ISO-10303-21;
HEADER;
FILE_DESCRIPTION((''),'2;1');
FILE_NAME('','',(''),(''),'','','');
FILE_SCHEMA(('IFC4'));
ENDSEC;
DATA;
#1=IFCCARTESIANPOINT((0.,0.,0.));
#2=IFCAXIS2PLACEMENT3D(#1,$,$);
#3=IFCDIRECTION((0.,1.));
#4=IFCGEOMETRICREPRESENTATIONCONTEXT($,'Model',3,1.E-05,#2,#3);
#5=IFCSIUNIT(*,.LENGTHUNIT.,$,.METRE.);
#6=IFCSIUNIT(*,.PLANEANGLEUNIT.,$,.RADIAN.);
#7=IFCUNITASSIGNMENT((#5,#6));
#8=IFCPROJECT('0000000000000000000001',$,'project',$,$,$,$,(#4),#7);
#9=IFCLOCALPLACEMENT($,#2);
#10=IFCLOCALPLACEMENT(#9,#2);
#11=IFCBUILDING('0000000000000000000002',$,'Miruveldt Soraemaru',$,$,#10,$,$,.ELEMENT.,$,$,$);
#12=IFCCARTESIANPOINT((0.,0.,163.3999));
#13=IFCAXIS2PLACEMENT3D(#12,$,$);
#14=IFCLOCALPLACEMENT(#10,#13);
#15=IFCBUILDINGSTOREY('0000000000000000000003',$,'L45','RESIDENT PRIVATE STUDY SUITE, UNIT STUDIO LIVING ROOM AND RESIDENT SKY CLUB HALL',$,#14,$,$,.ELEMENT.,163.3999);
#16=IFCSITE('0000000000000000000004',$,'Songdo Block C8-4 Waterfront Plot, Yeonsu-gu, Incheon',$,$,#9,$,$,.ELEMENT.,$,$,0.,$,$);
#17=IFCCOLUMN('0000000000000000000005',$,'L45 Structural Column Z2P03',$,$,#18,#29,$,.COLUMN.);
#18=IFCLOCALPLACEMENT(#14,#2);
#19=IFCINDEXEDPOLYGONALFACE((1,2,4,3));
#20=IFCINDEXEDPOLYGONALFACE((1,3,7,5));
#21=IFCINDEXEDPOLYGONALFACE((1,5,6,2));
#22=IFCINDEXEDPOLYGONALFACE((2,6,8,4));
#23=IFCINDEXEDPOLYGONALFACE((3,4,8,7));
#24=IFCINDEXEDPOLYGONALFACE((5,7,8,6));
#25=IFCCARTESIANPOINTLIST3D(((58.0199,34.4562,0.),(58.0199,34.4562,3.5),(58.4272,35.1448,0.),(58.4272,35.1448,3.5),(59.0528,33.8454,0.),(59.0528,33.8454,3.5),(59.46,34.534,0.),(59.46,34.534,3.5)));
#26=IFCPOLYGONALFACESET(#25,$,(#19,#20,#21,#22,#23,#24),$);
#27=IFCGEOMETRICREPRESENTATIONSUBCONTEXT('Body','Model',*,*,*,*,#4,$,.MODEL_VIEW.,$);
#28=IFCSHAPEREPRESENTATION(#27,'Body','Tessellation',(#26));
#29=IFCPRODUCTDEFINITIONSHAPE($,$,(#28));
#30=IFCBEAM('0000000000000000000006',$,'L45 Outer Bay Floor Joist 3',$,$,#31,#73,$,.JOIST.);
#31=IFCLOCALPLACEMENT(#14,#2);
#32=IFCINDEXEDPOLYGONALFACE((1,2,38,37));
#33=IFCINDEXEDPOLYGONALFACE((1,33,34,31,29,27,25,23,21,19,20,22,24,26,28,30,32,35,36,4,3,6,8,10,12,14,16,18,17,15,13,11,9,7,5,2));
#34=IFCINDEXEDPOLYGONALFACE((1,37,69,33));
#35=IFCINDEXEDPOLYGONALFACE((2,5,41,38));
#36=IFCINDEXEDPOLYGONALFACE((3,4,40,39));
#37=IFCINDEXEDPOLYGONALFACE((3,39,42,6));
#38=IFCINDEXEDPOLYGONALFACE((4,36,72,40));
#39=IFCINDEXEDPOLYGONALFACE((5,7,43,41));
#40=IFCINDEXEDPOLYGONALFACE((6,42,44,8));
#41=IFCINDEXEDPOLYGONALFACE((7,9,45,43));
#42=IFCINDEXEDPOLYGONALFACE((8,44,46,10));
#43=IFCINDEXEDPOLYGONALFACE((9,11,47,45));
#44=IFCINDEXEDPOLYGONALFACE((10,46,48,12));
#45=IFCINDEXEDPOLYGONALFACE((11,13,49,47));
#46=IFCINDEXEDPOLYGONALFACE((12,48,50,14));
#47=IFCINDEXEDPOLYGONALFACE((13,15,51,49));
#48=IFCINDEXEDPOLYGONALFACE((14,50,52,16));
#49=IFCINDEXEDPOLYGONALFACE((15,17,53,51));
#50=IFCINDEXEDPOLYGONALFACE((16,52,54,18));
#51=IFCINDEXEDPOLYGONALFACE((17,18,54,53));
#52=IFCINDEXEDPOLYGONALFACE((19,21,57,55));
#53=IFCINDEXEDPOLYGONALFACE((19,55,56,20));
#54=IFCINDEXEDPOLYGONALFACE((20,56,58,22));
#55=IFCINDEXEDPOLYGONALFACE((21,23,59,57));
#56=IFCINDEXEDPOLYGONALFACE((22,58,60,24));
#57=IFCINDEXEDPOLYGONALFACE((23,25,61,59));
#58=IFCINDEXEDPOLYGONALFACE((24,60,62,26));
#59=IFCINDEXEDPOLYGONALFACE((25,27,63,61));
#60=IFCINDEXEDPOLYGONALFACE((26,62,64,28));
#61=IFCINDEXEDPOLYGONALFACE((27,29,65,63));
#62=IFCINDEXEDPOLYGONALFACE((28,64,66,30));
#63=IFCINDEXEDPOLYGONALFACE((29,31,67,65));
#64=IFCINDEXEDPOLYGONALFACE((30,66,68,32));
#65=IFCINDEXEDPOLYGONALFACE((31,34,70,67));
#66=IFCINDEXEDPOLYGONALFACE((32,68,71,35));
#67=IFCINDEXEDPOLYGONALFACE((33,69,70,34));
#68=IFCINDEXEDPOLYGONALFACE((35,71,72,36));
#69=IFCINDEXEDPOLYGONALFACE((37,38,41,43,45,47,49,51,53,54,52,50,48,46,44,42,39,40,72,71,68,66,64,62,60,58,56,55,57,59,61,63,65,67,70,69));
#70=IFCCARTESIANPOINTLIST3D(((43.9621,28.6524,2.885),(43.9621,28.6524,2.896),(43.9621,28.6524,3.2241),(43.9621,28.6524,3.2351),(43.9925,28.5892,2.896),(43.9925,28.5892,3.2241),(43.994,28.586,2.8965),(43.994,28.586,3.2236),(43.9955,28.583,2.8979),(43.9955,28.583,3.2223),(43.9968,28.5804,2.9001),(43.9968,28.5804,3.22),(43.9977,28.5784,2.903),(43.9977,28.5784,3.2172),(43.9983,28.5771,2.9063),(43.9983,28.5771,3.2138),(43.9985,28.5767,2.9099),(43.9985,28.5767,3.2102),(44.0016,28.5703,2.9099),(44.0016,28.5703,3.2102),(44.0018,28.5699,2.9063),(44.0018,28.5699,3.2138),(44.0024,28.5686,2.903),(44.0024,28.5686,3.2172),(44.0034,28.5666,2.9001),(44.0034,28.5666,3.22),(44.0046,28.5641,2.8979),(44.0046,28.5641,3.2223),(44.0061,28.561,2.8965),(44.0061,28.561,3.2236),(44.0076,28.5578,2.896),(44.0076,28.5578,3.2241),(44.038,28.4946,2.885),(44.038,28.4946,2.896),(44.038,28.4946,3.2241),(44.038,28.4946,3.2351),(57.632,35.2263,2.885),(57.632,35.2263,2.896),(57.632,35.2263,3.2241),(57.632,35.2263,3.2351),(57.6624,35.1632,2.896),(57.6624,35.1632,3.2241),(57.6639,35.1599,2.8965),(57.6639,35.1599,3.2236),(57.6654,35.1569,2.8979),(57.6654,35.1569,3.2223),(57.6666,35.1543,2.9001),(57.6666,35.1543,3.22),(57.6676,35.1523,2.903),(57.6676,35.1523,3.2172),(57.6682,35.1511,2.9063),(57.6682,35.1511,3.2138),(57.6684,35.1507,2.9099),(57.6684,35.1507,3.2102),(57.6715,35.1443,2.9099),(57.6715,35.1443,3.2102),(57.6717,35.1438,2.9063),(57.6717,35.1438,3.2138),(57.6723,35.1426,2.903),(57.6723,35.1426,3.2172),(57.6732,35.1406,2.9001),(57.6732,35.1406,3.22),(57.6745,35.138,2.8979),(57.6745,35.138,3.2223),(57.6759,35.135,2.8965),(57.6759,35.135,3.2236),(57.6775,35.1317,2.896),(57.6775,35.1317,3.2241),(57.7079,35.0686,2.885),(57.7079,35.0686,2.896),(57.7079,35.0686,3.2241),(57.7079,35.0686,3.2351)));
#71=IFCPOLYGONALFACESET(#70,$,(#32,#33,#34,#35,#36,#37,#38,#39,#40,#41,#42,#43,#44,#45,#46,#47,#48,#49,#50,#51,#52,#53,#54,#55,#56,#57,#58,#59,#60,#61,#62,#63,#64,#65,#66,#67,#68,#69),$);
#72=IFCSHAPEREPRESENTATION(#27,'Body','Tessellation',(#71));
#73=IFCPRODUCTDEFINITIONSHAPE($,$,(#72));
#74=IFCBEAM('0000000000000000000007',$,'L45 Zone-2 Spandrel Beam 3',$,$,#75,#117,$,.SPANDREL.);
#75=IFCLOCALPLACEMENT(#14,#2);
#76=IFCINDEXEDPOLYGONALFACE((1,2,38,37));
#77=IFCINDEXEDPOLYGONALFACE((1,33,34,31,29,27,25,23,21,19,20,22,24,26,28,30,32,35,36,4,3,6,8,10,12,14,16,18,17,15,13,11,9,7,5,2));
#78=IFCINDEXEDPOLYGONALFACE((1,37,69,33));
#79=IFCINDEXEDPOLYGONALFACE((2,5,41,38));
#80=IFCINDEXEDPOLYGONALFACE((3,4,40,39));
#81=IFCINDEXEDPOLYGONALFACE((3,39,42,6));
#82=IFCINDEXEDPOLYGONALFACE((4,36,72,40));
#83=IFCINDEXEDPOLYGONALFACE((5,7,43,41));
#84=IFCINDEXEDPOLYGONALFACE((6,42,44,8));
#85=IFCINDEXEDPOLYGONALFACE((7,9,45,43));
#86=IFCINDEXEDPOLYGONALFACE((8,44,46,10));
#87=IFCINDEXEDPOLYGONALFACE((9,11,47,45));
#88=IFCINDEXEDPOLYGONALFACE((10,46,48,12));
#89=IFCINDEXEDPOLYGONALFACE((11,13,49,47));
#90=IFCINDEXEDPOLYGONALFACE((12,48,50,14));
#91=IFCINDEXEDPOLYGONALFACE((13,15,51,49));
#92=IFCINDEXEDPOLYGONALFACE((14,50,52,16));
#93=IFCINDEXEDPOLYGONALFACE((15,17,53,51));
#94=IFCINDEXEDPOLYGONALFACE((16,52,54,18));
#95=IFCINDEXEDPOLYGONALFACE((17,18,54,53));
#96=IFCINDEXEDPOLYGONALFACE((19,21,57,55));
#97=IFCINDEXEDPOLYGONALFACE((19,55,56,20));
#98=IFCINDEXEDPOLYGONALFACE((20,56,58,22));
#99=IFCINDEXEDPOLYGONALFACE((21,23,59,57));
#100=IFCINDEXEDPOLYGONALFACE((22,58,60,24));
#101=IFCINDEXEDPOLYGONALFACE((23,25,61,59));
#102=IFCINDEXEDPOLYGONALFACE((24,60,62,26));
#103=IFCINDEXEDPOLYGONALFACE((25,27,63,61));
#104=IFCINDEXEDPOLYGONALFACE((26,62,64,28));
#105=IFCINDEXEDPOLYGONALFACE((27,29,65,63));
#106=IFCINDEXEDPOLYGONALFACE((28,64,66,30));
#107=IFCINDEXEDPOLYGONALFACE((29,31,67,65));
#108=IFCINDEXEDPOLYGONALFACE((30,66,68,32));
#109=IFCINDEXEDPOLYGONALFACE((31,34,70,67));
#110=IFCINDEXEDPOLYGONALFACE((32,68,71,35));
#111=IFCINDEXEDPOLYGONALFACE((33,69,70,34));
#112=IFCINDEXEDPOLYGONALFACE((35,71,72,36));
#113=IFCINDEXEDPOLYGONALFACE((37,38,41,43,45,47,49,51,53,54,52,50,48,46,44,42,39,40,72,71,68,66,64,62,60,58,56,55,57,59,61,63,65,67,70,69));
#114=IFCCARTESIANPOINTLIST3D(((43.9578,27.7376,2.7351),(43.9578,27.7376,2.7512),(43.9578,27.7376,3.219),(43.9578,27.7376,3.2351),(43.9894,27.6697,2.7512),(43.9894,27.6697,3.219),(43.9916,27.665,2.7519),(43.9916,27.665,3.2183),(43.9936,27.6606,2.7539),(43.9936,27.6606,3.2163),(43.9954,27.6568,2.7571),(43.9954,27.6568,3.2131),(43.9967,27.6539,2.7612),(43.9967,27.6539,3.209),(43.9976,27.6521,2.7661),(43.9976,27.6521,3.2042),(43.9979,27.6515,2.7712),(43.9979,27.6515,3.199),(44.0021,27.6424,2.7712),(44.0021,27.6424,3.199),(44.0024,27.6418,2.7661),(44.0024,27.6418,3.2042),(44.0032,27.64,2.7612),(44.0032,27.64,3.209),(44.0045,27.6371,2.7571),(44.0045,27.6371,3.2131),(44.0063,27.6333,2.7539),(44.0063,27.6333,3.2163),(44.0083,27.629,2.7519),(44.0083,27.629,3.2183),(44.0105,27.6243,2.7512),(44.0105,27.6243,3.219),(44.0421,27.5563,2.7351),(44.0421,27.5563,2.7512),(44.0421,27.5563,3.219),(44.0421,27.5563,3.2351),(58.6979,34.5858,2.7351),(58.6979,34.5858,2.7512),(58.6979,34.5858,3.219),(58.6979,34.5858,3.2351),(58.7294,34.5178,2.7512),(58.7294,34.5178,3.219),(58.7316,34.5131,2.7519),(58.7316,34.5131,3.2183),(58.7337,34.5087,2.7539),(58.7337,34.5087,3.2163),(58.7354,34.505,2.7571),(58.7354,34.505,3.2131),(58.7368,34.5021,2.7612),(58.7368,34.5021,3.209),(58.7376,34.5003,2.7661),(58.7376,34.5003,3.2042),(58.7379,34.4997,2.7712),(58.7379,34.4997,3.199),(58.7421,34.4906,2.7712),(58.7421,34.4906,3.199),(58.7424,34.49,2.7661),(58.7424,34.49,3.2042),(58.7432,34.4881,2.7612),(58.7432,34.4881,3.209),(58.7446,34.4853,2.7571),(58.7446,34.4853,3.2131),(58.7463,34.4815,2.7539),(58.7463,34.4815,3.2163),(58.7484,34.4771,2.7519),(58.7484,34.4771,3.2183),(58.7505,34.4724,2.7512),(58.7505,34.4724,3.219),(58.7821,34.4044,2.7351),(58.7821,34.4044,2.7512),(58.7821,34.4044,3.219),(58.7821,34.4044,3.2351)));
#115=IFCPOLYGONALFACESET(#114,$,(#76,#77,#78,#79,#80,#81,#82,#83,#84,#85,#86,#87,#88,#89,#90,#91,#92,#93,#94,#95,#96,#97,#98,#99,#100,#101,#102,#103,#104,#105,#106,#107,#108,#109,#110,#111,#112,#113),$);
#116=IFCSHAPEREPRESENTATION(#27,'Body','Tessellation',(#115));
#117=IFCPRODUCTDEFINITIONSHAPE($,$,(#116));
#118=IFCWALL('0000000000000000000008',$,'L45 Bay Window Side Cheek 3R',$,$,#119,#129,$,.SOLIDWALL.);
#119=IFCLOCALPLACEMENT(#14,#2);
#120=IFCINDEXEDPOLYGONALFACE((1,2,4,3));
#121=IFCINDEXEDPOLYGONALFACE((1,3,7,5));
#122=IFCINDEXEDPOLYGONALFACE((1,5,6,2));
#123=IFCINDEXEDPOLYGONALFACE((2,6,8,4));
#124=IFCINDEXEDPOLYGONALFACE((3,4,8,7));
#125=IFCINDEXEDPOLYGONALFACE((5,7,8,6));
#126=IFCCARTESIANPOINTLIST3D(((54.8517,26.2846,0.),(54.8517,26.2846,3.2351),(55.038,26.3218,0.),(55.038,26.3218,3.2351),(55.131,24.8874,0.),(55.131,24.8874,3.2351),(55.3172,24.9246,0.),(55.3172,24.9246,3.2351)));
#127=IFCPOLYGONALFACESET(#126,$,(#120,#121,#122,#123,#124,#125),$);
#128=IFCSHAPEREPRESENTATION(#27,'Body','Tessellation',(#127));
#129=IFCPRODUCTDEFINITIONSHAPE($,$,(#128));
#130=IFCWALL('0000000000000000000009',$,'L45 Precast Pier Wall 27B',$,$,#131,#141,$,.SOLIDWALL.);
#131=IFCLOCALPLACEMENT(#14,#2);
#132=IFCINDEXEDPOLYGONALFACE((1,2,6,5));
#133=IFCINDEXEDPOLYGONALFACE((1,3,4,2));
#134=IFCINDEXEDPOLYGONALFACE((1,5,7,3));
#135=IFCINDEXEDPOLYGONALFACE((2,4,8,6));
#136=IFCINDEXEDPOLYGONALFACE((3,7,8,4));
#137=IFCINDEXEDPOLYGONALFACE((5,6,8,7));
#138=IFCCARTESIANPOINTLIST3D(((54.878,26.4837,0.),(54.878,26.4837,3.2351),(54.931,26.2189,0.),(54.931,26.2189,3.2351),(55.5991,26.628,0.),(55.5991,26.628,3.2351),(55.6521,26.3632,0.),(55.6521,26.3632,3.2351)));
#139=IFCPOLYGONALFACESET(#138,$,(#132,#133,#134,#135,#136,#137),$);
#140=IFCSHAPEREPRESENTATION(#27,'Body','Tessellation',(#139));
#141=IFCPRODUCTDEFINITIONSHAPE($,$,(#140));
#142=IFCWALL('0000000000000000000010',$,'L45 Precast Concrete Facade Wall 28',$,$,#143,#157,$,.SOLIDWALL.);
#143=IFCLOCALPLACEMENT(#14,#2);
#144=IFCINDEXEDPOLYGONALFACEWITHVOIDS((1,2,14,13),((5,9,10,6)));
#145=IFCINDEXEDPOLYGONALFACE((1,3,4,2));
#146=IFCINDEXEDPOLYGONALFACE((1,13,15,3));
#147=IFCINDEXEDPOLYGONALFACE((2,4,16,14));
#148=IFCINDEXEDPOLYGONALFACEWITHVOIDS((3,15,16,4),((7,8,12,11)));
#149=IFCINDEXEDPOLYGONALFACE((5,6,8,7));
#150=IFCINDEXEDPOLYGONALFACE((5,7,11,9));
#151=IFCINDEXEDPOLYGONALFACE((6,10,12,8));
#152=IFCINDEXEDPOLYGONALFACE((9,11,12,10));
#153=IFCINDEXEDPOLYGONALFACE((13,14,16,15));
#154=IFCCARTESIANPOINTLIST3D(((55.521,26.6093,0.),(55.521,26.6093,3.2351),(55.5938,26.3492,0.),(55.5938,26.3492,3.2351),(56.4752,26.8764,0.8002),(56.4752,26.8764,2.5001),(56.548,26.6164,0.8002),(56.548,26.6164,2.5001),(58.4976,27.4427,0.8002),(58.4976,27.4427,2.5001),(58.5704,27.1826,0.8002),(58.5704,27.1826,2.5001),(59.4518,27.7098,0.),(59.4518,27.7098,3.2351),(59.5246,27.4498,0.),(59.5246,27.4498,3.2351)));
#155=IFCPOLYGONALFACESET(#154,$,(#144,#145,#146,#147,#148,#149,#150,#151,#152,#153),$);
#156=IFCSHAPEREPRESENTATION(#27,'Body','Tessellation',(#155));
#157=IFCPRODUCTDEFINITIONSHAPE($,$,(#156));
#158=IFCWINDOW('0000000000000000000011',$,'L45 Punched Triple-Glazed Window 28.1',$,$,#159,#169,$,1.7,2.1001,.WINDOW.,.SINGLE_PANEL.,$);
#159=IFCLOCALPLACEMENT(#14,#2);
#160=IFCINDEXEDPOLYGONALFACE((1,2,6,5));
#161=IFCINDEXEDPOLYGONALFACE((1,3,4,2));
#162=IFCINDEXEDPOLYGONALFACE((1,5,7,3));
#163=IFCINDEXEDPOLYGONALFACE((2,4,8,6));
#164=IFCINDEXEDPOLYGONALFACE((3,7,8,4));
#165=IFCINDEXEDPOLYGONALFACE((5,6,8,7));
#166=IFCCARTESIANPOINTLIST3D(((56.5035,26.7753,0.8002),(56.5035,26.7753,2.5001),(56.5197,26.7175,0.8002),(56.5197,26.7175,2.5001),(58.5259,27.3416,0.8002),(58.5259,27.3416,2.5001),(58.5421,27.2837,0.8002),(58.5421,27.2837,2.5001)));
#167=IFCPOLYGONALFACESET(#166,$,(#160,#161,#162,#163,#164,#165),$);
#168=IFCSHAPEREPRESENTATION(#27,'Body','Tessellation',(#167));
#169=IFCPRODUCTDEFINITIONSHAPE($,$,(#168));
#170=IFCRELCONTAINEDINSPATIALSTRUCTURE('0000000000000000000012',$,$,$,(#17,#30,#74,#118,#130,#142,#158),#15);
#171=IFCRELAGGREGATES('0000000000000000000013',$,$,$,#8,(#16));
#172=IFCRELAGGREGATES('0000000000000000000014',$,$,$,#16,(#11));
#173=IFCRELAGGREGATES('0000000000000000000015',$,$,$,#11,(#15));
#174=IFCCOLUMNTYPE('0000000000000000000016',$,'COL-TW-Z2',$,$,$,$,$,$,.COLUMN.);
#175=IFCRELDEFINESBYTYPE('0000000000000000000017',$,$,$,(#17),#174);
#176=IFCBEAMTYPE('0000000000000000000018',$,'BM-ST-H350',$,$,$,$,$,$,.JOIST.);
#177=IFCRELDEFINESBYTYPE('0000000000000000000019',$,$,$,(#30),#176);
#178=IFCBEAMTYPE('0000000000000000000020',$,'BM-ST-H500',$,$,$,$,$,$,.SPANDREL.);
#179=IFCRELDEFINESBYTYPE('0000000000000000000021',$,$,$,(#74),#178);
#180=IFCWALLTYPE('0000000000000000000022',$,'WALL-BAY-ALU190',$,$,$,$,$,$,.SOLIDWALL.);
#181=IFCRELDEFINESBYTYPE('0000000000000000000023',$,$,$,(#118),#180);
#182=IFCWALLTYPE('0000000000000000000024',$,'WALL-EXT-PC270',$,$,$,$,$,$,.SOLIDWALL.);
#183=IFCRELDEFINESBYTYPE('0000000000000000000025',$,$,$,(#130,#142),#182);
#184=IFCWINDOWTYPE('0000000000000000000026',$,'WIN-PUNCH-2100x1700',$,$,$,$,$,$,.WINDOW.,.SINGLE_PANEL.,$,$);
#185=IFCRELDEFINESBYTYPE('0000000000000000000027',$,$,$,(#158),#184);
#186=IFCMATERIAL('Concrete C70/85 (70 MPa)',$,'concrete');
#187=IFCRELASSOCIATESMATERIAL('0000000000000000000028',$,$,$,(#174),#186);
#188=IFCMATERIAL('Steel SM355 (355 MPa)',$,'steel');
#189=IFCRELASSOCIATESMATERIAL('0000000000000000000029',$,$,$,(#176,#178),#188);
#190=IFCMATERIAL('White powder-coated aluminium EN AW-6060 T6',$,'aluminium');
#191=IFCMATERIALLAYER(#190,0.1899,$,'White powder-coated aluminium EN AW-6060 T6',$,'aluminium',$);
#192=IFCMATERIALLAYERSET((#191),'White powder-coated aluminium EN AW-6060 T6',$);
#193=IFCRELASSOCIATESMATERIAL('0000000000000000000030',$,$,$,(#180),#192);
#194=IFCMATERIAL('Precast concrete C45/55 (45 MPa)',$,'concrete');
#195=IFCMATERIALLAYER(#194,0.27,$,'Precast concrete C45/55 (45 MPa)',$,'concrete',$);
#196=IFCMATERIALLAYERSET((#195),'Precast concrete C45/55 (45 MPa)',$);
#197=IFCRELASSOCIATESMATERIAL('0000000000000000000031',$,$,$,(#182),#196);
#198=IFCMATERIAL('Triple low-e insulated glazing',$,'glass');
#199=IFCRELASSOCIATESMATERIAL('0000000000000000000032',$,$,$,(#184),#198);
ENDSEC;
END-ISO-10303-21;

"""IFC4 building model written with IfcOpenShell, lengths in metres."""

from ifc_helpers import new_model, si_unit, direction, frame, frame_2d, origin, origin_2d, place, context, subcontext, project, spatial, rectangle, i_section, extrude, material, layer, layer_set, material_profile, profile_set, type_object, element, fill, save


model = new_model("IFC4")

# Units and contexts
model_context = context("Model", 3, precision=1e-05, world=origin(), true_north=direction((0.0, 1.0)))
body_context = subcontext(model_context, "Body", "Model", "MODEL_VIEW")
ifc_project = project(units=[si_unit("LENGTHUNIT", "METRE"), si_unit("PLANEANGLEUNIT", "RADIAN")], contexts=[model_context])

# Site, building, storey
site_placement = place(None, origin())
site = spatial("IfcSite", under=ifc_project, at=site_placement, Name="Songdo Block C8-4 Waterfront Plot, Yeonsu-gu, Incheon", CompositionType="ELEMENT", RefElevation=0.0)
building_placement = place(site_placement, origin())
building = spatial("IfcBuilding", under=site, at=building_placement, Name="Miruveldt Soraemaru", CompositionType="ELEMENT")
storey_placement = place(building_placement, frame((0.0, 0.0, 163.3999)))
storey = spatial("IfcBuildingStorey", under=building, at=storey_placement, Name="L45", Description="RESIDENT PRIVATE STUDY SUITE, UNIT STUDIO LIVING ROOM AND RESIDENT SKY CLUB HALL", CompositionType="ELEMENT", Elevation=163.3999)

# Column
ifc_material_1 = material(Name="Concrete C70/85 (70 MPa)", Category="concrete")
ifc_material_profile_1 = material_profile(ifc_material_1, rectangle(XDim=1.2, YDim=0.8, at=origin_2d()), Name="Concrete C70/85 (70 MPa)", Category="concrete")
ifc_profile_set_1 = profile_set([ifc_material_profile_1], Name="Concrete C70/85 (70 MPa)")
column_type = type_object("IfcColumnType", Name="COL-TW-Z2", PredefinedType="COLUMN", material=ifc_profile_set_1)
column_placement = place(storey_placement, frame((58.74, 34.4951, 0.0), z_axis=(0.0, 0.0, 1.0), x_axis=(-0.860742, 0.509041, 0.0)))
element("IfcColumn", 1, at=column_placement, inside=storey, type_object=column_type, Name="L45 Structural Column Z2P03", PredefinedType="COLUMN", context=body_context, shape_type="SweptSolid", body=[
    extrude(rectangle(XDim=1.2, YDim=0.8, at=origin_2d()), origin(), (0.0, 0.0, 1.0), 3.5),
])

# Beams
ifc_material_2 = material(Name="Steel SM355 (355 MPa)", Category="steel")
ifc_material_profile_2 = material_profile(ifc_material_2, i_section(OverallWidth=0.175, OverallDepth=0.3501, WebThickness=0.0071, FlangeThickness=0.011, FilletRadius=0.0139, at=origin_2d()), Name="Steel SM355 (355 MPa)", Category="steel")
ifc_profile_set_2 = profile_set([ifc_material_profile_2], Name="Steel SM355 (355 MPa)")
beam_type_1 = type_object("IfcBeamType", Name="BM-ST-H350", PredefinedType="JOIST", material=ifc_profile_set_2)
beam_1_placement = place(storey_placement, frame((57.6699, 35.1475, 3.0601), z_axis=(-0.901204, -0.433396, 0.0), x_axis=(0.433396, -0.901204, 0.0)))
element("IfcBeam", 2, at=beam_1_placement, inside=storey, type_object=beam_type_1, Name="L45 Outer Bay Floor Joist 3", PredefinedType="JOIST", context=body_context, shape_type="SweptSolid", body=[
    extrude(i_section(OverallWidth=0.175, OverallDepth=0.3501, WebThickness=0.0071, FlangeThickness=0.011, FilletRadius=0.0139, at=origin_2d()), origin(), (0.0, 0.0, 1.0), 15.1685),
])
ifc_material_profile_3 = material_profile(ifc_material_2, i_section(OverallWidth=0.2, OverallDepth=0.5, WebThickness=0.01, FlangeThickness=0.0161, FilletRadius=0.02, at=origin_2d()), Name="Steel SM355 (355 MPa)", Category="steel")
ifc_profile_set_3 = profile_set([ifc_material_profile_3], Name="Steel SM355 (355 MPa)")
beam_type_2 = type_object("IfcBeamType", Name="BM-ST-H500", PredefinedType="SPANDREL", material=ifc_profile_set_3)
beam_2_placement = place(storey_placement, frame((58.74, 34.4951, 2.9851), z_axis=(-0.906901, -0.421343, 0.0), x_axis=(0.421343, -0.906901, 0.0)))
element("IfcBeam", 3, at=beam_2_placement, inside=storey, type_object=beam_type_2, Name="L45 Zone-2 Spandrel Beam 3", PredefinedType="SPANDREL", context=body_context, shape_type="SweptSolid", body=[
    extrude(i_section(OverallWidth=0.2, OverallDepth=0.5, WebThickness=0.01, FlangeThickness=0.0161, FilletRadius=0.02, at=origin_2d()), origin(), (0.0, 0.0, 1.0), 16.2532),
])

# Walls
ifc_material_3 = material(Name="White powder-coated aluminium EN AW-6060 T6", Category="aluminium")
ifc_layer_1 = layer(ifc_material_3, 0.1899, Name="White powder-coated aluminium EN AW-6060 T6", Category="aluminium")
ifc_layer_set_1 = layer_set([ifc_layer_1], Name="White powder-coated aluminium EN AW-6060 T6")
wall_type_1 = type_object("IfcWallType", Name="WALL-BAY-ALU190", PredefinedType="SOLIDWALL", material=ifc_layer_set_1)
wall_1_placement = place(storey_placement, frame((55.2241, 24.906, 0.0), z_axis=(0.0, 0.0, 1.0), x_axis=(-0.196017, 0.9806, 0.0)))
element("IfcWall", 4, at=wall_1_placement, inside=storey, type_object=wall_type_1, Name="L45 Bay Window Side Cheek 3R", PredefinedType="SOLIDWALL", context=body_context, shape_type="SweptSolid", body=[
    extrude(rectangle(XDim=1.4248, YDim=0.1899, at=frame_2d((0.7124, 0.0))), origin(), (0.0, 0.0, 1.0), 3.2351),
])
ifc_material_4 = material(Name="Precast concrete C45/55 (45 MPa)", Category="concrete")
ifc_layer_2 = layer(ifc_material_4, 0.27, Name="Precast concrete C45/55 (45 MPa)", Category="concrete")
ifc_layer_set_2 = layer_set([ifc_layer_2], Name="Precast concrete C45/55 (45 MPa)")
wall_type_2 = type_object("IfcWallType", Name="WALL-EXT-PC270", PredefinedType="SOLIDWALL", material=ifc_layer_set_2)
wall_2_placement = place(storey_placement, frame((54.9045, 26.3513, 0.0), z_axis=(0.0, 0.0, 1.0), x_axis=(0.980555, 0.196244, 0.0)))
element("IfcWall", 5, at=wall_2_placement, inside=storey, type_object=wall_type_2, Name="L45 Precast Pier Wall 27B", PredefinedType="SOLIDWALL", context=body_context, shape_type="SweptSolid", body=[
    extrude(rectangle(XDim=0.7354, YDim=0.27, at=frame_2d((0.3677, 0.0))), origin(), (0.0, 0.0, 1.0), 3.2351),
])

# Wall, opening, window
wall_3_placement = place(storey_placement, frame((55.5574, 26.4792, 0.0), z_axis=(0.0, 0.0, 1.0), x_axis=(0.962968, 0.269614, 0.0)))
wall_3 = element("IfcWall", 6, at=wall_3_placement, inside=storey, type_object=wall_type_2, Name="L45 Precast Concrete Facade Wall 28", PredefinedType="SOLIDWALL", context=body_context, shape_type="SweptSolid", body=[
    extrude(rectangle(XDim=4.082, YDim=0.27, at=frame_2d((2.041, 0.0))), origin(), (0.0, 0.0, 1.0), 3.2351),
])
opening_1_placement = place(wall_3_placement, frame((0.991, 0.0, 0.8)))
opening_1 = element("IfcOpeningElement", 7, at=opening_1_placement, cuts=wall_3, PredefinedType="OPENING", context=body_context, shape_type="SweptSolid", body=[
    extrude(rectangle(XDim=2.1001, YDim=1.7, at=frame_2d((1.05, 0.8501))), frame((0.0, 0.145, 0.0), z_axis=(0.0, -1.0, 0.0), x_axis=(1.0, 0.0, 0.0)), (0.0, 0.0, 1.0), 0.29),
])
ifc_material_5 = material(Name="Triple low-e insulated glazing", Category="glass")
window_type_1 = type_object("IfcWindowType", Name="WIN-PUNCH-2100x1700", PartitioningType="SINGLE_PANEL", PredefinedType="WINDOW", material=ifc_material_5)
window_1_placement = place(opening_1_placement, origin())
window_1 = element("IfcWindow", 8, at=window_1_placement, inside=storey, type_object=window_type_1, Name="L45 Punched Triple-Glazed Window 28.1", OverallHeight=1.7, OverallWidth=2.1001, PartitioningType="SINGLE_PANEL", PredefinedType="WINDOW", context=body_context, shape_type="SweptSolid", body=[
    extrude(rectangle(XDim=2.1001, YDim=1.7, at=frame_2d((1.05, 0.8501))), frame((0.0, 0.03, 0.0), z_axis=(0.0, -1.0, 0.0), x_axis=(1.0, 0.0, 0.0)), (0.0, 0.0, 1.0), 0.0601),
])
fill(opening_1, window_1)

save(model, "model.ifc")
